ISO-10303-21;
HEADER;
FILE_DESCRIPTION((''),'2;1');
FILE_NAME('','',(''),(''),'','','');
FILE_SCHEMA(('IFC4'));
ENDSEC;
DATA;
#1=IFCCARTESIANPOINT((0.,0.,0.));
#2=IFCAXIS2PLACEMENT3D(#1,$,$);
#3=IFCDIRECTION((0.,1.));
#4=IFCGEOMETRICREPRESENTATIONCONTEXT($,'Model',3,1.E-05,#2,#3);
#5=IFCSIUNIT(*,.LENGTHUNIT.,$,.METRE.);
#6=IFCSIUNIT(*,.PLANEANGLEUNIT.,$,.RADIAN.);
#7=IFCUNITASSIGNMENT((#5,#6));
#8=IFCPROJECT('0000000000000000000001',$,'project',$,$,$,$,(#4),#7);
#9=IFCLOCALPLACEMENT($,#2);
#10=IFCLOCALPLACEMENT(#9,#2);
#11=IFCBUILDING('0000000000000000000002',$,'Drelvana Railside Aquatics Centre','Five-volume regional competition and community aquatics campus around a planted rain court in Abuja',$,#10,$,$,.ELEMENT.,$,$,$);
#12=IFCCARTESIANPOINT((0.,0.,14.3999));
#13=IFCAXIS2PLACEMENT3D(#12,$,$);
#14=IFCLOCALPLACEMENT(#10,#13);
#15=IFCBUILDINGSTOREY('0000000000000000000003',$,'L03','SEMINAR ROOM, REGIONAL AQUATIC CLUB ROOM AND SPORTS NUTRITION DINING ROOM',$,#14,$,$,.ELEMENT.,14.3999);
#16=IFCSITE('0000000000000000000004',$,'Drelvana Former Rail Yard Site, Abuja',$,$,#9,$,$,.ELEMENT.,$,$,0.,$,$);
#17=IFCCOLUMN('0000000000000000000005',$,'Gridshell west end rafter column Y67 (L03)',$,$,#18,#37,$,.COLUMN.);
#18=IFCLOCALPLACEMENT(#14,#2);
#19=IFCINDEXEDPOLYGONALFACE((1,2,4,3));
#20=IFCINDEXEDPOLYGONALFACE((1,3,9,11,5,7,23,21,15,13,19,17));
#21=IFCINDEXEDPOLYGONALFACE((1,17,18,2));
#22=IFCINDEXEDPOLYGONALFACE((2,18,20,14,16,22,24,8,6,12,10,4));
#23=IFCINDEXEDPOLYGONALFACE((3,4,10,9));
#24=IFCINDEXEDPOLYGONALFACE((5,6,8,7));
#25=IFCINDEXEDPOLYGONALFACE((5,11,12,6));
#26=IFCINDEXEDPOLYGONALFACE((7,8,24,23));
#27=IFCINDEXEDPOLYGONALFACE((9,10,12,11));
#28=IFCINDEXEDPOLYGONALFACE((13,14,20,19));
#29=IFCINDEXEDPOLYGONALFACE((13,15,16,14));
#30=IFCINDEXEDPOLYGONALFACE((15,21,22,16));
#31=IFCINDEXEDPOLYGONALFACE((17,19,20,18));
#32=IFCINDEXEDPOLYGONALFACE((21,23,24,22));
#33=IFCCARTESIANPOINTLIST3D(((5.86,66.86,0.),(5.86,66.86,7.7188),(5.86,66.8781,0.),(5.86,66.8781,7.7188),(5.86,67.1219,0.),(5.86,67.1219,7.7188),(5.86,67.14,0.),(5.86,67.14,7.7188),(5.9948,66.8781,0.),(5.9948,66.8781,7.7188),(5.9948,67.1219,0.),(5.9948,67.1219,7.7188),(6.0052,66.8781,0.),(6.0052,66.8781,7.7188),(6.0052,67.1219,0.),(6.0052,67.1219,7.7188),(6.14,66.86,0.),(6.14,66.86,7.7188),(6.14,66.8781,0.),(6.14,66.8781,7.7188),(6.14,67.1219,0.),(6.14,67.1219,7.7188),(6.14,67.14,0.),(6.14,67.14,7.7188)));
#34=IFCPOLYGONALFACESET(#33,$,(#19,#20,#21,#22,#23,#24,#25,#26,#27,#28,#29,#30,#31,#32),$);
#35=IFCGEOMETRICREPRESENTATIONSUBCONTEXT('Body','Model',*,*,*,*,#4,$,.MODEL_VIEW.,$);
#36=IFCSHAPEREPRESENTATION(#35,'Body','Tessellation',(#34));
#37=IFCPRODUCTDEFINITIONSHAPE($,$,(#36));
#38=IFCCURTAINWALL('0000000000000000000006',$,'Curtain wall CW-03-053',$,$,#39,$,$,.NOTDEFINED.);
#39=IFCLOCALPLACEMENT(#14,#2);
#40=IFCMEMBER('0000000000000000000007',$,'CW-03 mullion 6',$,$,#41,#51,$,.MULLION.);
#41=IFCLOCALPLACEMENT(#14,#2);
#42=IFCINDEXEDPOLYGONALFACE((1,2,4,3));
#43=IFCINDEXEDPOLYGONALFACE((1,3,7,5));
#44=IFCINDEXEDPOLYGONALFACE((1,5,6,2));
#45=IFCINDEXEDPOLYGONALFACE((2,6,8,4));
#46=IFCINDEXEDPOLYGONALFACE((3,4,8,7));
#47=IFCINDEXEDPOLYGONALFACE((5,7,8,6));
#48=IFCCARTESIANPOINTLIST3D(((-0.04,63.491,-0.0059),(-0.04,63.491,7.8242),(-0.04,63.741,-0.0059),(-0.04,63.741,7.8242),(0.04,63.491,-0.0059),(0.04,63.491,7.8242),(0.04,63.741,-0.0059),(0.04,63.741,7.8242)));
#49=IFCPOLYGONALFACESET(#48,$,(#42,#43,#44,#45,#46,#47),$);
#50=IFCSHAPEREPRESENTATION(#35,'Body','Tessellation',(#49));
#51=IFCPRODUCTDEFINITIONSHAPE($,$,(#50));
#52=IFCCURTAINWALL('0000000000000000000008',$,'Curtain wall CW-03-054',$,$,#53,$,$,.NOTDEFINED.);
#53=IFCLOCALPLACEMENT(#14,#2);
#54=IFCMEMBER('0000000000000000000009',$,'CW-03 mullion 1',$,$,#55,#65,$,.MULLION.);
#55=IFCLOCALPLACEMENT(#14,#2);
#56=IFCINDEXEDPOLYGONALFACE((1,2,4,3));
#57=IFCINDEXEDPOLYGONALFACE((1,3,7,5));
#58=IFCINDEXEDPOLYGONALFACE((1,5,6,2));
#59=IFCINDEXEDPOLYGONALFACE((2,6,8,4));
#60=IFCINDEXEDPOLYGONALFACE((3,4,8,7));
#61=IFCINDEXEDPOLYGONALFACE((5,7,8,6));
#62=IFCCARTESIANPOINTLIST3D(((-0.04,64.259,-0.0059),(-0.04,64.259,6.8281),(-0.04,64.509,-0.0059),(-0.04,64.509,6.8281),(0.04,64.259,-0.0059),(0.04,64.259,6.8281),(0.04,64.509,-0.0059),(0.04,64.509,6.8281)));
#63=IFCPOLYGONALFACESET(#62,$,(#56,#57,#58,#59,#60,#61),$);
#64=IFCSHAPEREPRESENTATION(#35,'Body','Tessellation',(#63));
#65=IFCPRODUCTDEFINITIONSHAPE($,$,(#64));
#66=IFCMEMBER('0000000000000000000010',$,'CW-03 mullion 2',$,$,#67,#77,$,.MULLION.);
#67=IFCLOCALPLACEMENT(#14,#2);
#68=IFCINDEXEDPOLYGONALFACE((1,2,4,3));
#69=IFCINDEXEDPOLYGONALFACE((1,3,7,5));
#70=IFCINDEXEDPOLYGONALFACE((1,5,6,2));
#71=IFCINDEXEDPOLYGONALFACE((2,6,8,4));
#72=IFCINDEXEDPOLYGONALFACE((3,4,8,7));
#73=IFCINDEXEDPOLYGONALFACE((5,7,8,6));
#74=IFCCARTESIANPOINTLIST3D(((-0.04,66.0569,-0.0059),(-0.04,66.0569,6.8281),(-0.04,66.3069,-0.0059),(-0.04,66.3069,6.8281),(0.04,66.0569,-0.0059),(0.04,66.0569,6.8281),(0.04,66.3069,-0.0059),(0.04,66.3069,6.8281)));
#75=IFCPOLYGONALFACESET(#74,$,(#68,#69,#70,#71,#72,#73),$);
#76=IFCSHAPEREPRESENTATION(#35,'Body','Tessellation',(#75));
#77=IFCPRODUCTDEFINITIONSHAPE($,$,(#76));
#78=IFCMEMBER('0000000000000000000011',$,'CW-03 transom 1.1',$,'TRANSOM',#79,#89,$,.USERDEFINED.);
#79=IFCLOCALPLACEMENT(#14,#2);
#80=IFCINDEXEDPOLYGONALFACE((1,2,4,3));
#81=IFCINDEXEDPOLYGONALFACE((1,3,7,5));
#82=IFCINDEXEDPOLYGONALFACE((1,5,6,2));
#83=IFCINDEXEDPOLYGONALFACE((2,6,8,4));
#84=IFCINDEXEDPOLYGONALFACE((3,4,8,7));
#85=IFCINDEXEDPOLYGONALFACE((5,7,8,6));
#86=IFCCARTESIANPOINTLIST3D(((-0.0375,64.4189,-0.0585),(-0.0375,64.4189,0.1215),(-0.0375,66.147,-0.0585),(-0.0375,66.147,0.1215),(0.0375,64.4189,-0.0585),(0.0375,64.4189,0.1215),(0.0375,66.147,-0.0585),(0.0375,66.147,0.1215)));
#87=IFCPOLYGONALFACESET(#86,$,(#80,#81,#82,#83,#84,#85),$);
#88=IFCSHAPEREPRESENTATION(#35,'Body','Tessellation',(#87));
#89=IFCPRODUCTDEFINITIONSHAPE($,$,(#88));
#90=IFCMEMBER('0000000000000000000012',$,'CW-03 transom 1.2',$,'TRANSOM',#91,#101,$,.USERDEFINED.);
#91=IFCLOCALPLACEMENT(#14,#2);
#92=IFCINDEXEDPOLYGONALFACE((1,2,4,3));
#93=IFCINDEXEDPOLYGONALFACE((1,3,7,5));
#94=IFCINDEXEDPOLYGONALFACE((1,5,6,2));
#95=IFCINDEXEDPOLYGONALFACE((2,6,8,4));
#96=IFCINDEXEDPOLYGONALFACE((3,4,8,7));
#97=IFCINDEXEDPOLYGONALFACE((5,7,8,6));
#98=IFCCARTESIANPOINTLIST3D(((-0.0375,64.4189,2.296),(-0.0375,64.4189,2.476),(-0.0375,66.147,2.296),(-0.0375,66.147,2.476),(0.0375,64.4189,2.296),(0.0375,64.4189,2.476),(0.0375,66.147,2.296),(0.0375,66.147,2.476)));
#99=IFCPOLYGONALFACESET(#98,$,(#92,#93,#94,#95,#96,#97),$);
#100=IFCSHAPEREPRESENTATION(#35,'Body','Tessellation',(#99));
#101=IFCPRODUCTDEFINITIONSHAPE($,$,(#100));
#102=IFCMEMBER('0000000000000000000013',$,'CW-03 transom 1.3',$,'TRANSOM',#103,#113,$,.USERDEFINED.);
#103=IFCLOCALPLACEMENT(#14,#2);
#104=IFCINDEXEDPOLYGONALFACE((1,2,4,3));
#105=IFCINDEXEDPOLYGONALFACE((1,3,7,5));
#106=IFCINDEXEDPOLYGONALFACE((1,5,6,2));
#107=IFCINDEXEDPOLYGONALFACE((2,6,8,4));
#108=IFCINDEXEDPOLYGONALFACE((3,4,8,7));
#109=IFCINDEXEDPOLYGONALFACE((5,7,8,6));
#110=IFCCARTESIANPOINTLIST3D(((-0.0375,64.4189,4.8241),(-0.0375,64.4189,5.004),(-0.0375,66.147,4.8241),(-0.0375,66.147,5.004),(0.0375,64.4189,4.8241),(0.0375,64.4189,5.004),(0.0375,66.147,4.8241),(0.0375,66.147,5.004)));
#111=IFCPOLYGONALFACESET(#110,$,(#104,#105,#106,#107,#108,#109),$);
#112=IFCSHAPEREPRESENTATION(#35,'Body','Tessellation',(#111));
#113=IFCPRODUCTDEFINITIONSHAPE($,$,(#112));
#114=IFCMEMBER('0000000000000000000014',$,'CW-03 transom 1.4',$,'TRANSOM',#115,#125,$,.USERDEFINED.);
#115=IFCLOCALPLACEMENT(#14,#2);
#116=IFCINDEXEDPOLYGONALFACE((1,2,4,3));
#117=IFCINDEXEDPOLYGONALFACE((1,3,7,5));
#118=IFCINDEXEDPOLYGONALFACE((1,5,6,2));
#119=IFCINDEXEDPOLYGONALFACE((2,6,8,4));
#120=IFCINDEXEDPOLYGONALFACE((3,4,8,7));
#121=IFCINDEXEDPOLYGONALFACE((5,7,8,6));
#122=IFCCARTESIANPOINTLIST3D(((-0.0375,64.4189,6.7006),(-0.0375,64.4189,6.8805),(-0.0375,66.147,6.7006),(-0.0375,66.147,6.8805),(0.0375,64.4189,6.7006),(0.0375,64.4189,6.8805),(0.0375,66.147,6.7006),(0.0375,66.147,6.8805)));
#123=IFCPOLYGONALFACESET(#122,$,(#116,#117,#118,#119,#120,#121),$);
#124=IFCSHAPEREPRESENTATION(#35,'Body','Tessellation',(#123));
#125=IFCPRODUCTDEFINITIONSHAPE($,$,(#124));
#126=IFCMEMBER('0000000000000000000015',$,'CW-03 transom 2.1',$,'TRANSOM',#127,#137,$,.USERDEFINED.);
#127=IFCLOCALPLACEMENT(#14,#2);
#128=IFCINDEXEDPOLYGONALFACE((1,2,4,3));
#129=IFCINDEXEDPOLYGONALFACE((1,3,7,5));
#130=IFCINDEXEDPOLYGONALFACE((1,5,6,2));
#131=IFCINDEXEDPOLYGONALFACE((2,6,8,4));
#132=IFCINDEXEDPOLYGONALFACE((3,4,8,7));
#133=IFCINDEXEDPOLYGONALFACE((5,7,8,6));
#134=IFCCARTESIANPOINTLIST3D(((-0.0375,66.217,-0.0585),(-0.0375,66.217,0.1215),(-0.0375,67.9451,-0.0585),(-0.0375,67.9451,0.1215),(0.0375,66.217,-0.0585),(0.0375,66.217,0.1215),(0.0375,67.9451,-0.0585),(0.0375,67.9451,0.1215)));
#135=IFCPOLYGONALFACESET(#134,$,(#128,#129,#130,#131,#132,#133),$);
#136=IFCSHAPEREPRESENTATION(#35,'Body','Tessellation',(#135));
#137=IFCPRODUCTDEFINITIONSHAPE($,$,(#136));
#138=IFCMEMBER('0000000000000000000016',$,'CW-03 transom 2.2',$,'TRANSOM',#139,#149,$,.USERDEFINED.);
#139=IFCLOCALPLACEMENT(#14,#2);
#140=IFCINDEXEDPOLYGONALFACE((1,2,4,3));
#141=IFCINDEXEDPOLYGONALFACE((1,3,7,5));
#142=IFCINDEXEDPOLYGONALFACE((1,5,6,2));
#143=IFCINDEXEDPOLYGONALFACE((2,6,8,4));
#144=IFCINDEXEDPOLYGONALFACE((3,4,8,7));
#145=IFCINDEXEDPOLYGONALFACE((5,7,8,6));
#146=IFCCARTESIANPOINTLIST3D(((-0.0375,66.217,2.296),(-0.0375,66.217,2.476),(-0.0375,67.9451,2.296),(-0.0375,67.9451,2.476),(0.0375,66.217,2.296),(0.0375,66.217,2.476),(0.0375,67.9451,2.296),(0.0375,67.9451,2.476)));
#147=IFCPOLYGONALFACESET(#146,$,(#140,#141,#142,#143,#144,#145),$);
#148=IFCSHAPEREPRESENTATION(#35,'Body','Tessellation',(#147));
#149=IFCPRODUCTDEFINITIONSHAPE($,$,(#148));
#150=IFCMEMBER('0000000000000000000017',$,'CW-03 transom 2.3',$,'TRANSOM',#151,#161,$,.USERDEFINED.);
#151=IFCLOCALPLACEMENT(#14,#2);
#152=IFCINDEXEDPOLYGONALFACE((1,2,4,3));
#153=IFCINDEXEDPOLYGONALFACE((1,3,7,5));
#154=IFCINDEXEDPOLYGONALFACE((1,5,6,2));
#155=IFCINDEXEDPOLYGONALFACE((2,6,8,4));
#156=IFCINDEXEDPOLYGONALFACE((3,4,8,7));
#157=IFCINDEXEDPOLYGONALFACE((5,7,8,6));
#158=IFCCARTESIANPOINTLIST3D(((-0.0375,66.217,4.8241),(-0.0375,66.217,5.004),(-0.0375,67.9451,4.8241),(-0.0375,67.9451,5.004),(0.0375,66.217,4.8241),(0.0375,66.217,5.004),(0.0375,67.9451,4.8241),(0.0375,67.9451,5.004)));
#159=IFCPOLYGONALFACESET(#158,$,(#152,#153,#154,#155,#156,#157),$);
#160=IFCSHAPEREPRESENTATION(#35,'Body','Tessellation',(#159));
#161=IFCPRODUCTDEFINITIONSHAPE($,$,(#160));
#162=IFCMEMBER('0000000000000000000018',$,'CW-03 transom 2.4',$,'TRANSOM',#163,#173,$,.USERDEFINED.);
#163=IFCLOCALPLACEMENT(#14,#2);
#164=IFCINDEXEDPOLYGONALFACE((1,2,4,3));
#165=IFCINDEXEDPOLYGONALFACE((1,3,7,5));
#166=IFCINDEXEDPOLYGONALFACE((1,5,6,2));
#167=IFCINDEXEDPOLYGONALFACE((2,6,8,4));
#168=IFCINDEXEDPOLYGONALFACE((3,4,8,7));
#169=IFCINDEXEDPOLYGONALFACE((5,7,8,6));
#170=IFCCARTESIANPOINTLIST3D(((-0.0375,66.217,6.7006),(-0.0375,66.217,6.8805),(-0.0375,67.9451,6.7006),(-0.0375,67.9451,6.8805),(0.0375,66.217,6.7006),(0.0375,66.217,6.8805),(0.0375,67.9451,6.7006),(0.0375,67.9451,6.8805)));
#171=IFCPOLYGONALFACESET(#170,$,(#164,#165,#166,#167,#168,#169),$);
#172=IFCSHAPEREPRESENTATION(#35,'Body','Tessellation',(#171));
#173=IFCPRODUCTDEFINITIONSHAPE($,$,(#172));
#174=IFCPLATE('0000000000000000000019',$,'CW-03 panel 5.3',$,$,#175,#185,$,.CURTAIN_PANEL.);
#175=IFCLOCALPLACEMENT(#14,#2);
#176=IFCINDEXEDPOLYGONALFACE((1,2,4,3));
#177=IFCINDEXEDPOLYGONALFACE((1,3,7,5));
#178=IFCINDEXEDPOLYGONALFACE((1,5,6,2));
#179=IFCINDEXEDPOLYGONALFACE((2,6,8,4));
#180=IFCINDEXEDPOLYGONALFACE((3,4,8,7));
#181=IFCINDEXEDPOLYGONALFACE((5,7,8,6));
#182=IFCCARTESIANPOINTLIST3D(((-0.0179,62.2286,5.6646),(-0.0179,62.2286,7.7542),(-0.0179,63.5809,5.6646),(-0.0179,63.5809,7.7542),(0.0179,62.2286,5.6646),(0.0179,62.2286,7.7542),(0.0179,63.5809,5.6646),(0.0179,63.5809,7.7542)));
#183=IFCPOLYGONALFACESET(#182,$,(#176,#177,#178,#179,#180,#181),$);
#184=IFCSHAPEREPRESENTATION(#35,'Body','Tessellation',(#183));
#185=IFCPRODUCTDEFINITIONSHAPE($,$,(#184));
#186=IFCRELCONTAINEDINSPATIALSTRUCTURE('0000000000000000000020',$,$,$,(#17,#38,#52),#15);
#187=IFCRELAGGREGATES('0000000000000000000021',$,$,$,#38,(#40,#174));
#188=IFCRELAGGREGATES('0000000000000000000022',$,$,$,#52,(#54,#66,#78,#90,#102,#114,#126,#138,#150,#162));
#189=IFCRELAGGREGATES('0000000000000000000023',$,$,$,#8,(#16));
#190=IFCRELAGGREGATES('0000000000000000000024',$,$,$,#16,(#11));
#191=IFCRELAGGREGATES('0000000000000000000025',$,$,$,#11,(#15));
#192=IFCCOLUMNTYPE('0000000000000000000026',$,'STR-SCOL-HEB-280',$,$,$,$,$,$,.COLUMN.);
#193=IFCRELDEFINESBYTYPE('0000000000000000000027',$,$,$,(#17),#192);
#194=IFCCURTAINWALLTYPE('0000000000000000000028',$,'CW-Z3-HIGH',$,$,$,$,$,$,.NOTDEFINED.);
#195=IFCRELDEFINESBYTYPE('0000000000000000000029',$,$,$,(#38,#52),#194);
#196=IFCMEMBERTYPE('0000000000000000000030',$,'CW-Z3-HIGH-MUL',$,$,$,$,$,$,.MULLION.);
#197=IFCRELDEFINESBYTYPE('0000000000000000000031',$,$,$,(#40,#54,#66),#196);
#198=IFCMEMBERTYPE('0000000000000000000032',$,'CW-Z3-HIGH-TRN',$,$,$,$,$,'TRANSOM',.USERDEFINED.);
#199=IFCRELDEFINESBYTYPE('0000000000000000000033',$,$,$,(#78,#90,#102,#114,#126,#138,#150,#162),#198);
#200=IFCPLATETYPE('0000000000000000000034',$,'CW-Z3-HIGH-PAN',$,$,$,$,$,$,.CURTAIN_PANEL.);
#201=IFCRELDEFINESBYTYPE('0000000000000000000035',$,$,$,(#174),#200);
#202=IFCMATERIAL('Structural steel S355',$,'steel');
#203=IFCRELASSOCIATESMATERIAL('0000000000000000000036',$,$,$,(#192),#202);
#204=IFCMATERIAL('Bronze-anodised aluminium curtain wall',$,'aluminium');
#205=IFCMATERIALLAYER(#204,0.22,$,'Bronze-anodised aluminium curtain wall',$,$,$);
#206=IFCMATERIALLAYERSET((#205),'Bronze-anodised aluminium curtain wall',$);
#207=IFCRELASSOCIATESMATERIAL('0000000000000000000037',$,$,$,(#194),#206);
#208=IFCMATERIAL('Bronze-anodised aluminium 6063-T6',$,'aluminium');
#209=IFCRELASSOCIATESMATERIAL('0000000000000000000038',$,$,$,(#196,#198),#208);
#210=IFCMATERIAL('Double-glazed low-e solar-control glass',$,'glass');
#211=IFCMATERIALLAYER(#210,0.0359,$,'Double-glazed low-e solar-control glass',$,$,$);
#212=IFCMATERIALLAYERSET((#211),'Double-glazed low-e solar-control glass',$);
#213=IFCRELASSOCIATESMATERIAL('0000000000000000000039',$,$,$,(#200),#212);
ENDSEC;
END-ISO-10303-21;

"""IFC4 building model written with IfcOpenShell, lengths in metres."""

from ifc_helpers import new_model, si_unit, direction, frame, origin, origin_2d, place, context, subcontext, project, spatial, rectangle, i_section, extrude, material, layer, layer_set, material_profile, profile_set, type_object, element, aggregate, save


model = new_model("IFC4")

# Units and contexts
model_context = context("Model", 3, precision=1e-05, world=origin(), true_north=direction((0.0, 1.0)))
body_context = subcontext(model_context, "Body", "Model", "MODEL_VIEW")
ifc_project = project(units=[si_unit("LENGTHUNIT", "METRE"), si_unit("PLANEANGLEUNIT", "RADIAN")], contexts=[model_context])

# Site, building, storey
site_placement = place(None, origin())
site = spatial("IfcSite", under=ifc_project, at=site_placement, Name="Drelvana Former Rail Yard Site, Abuja", CompositionType="ELEMENT", RefElevation=0.0)
building_placement = place(site_placement, origin())
building = spatial("IfcBuilding", under=site, at=building_placement, Name="Drelvana Railside Aquatics Centre", Description="Five-volume regional competition and community aquatics campus around a planted rain court in Abuja", CompositionType="ELEMENT")
storey_placement = place(building_placement, frame((0.0, 0.0, 14.3999)))
storey = spatial("IfcBuildingStorey", under=building, at=storey_placement, Name="L03", Description="SEMINAR ROOM, REGIONAL AQUATIC CLUB ROOM AND SPORTS NUTRITION DINING ROOM", CompositionType="ELEMENT", Elevation=14.3999)

# Column
ifc_material_1 = material(Name="Structural steel S355", Category="steel")
ifc_material_profile_1 = material_profile(ifc_material_1, i_section(OverallWidth=0.28, OverallDepth=0.28, WebThickness=0.0105, FlangeThickness=0.0181, at=origin_2d()), Name="HEB 280")
ifc_profile_set_1 = profile_set([ifc_material_profile_1], Name="Structural steel S355")
column_type = type_object("IfcColumnType", Name="STR-SCOL-HEB-280", PredefinedType="COLUMN", material=ifc_profile_set_1)
column_placement = place(storey_placement, frame((6.0, 67.0, 0.0), z_axis=(0.0, 0.0, 1.0), x_axis=(1.0, 0.0, 0.0)))
element("IfcColumn", 1, at=column_placement, inside=storey, type_object=column_type, Name="Gridshell west end rafter column Y67 (L03)", PredefinedType="COLUMN", context=body_context, shape_type="SweptSolid", body=[
    extrude(i_section(OverallWidth=0.28, OverallDepth=0.28, WebThickness=0.0105, FlangeThickness=0.0181, at=origin_2d()), origin(), (0.0, 0.0, 1.0), 7.7188),
])

# Curtain wall, member
ifc_material_2 = material(Name="Bronze-anodised aluminium curtain wall", Category="aluminium")
ifc_layer_1 = layer(ifc_material_2, 0.22, Name="Bronze-anodised aluminium curtain wall")
ifc_layer_set_1 = layer_set([ifc_layer_1], Name="Bronze-anodised aluminium curtain wall")
curtain_wall_type = type_object("IfcCurtainWallType", Name="CW-Z3-HIGH", PredefinedType="NOTDEFINED", material=ifc_layer_set_1)
curtain_wall_1_placement = place(storey_placement, origin())
curtain_wall_1 = element("IfcCurtainWall", 2, at=curtain_wall_1_placement, inside=storey, type_object=curtain_wall_type, Name="Curtain wall CW-03-053", PredefinedType="NOTDEFINED")
ifc_material_3 = material(Name="Bronze-anodised aluminium 6063-T6", Category="aluminium")
ifc_material_profile_2 = material_profile(ifc_material_3, rectangle(XDim=0.0801, YDim=0.25, at=origin_2d()), Name="ALU-M 80x250")
ifc_profile_set_2 = profile_set([ifc_material_profile_2], Name="Bronze-anodised aluminium 6063-T6")
member_type_1 = type_object("IfcMemberType", Name="CW-Z3-HIGH-MUL", PredefinedType="MULLION", material=ifc_profile_set_2)
member_1_placement = place(storey_placement, frame((0.0, 63.616, -0.0059), z_axis=(0.0, 0.0, 1.0), x_axis=(-1.0, 0.0, 0.0)))
member_1 = element("IfcMember", 3, at=member_1_placement, type_object=member_type_1, Name="CW-03 mullion 6", PredefinedType="MULLION", context=body_context, shape_type="SweptSolid", body=[
    extrude(rectangle(XDim=0.0801, YDim=0.25, at=origin_2d()), origin(), (0.0, 0.0, 1.0), 7.8301),
])

# Curtain wall, members
curtain_wall_2_placement = place(storey_placement, origin())
curtain_wall_2 = element("IfcCurtainWall", 4, at=curtain_wall_2_placement, inside=storey, type_object=curtain_wall_type, Name="Curtain wall CW-03-054", PredefinedType="NOTDEFINED")
member_2_placement = place(storey_placement, frame((0.0, 64.384, -0.0059), z_axis=(0.0, 0.0, 1.0), x_axis=(-1.0, 0.0, 0.0)))
member_2 = element("IfcMember", 5, at=member_2_placement, type_object=member_type_1, Name="CW-03 mullion 1", PredefinedType="MULLION", context=body_context, shape_type="SweptSolid", body=[
    extrude(rectangle(XDim=0.0801, YDim=0.25, at=origin_2d()), origin(), (0.0, 0.0, 1.0), 6.834),
])
member_3_placement = place(storey_placement, frame((0.0, 66.1819, -0.0059), z_axis=(0.0, 0.0, 1.0), x_axis=(-1.0, 0.0, 0.0)))
member_3 = element("IfcMember", 6, at=member_3_placement, type_object=member_type_1, Name="CW-03 mullion 2", PredefinedType="MULLION", context=body_context, shape_type="SweptSolid", body=[
    extrude(rectangle(XDim=0.0801, YDim=0.25, at=origin_2d()), origin(), (0.0, 0.0, 1.0), 6.834),
])
ifc_material_profile_3 = material_profile(ifc_material_3, rectangle(XDim=0.1799, YDim=0.075, at=origin_2d()), Name="ALU-T 75x180")
ifc_profile_set_3 = profile_set([ifc_material_profile_3], Name="Bronze-anodised aluminium 6063-T6")
member_type_2 = type_object("IfcMemberType", Name="CW-Z3-HIGH-TRN", ElementType="TRANSOM", PredefinedType="USERDEFINED", material=ifc_profile_set_3)
member_4_placement = place(storey_placement, frame((0.0, 64.4189, 0.0315), z_axis=(0.0, 1.0, 0.0), x_axis=(0.0, 0.0, 1.0)))
member_4 = element("IfcMember", 7, at=member_4_placement, type_object=member_type_2, Name="CW-03 transom 1.1", ObjectType="TRANSOM", PredefinedType="USERDEFINED", context=body_context, shape_type="SweptSolid", body=[
    extrude(rectangle(XDim=0.1799, YDim=0.075, at=origin_2d()), origin(), (0.0, 0.0, 1.0), 1.728),
])
member_5_placement = place(storey_placement, frame((0.0, 64.4189, 2.386), z_axis=(0.0, 1.0, 0.0), x_axis=(0.0, 0.0, 1.0)))
member_5 = element("IfcMember", 8, at=member_5_placement, type_object=member_type_2, Name="CW-03 transom 1.2", ObjectType="TRANSOM", PredefinedType="USERDEFINED", context=body_context, shape_type="SweptSolid", body=[
    extrude(rectangle(XDim=0.1799, YDim=0.075, at=origin_2d()), origin(), (0.0, 0.0, 1.0), 1.728),
])
member_6_placement = place(storey_placement, frame((0.0, 64.4189, 4.9141), z_axis=(0.0, 1.0, 0.0), x_axis=(0.0, 0.0, 1.0)))
member_6 = element("IfcMember", 9, at=member_6_placement, type_object=member_type_2, Name="CW-03 transom 1.3", ObjectType="TRANSOM", PredefinedType="USERDEFINED", context=body_context, shape_type="SweptSolid", body=[
    extrude(rectangle(XDim=0.1799, YDim=0.075, at=origin_2d()), origin(), (0.0, 0.0, 1.0), 1.728),
])
member_7_placement = place(storey_placement, frame((0.0, 64.4189, 6.7905), z_axis=(0.0, 1.0, 0.0), x_axis=(0.0, 0.0, 1.0)))
member_7 = element("IfcMember", 10, at=member_7_placement, type_object=member_type_2, Name="CW-03 transom 1.4", ObjectType="TRANSOM", PredefinedType="USERDEFINED", context=body_context, shape_type="SweptSolid", body=[
    extrude(rectangle(XDim=0.1799, YDim=0.075, at=origin_2d()), origin(), (0.0, 0.0, 1.0), 1.728),
])
member_8_placement = place(storey_placement, frame((0.0, 66.217, 0.0315), z_axis=(0.0, 1.0, 0.0), x_axis=(0.0, 0.0, 1.0)))
member_8 = element("IfcMember", 11, at=member_8_placement, type_object=member_type_2, Name="CW-03 transom 2.1", ObjectType="TRANSOM", PredefinedType="USERDEFINED", context=body_context, shape_type="SweptSolid", body=[
    extrude(rectangle(XDim=0.1799, YDim=0.075, at=origin_2d()), origin(), (0.0, 0.0, 1.0), 1.728),
])
member_9_placement = place(storey_placement, frame((0.0, 66.217, 2.386), z_axis=(0.0, 1.0, 0.0), x_axis=(0.0, 0.0, 1.0)))
member_9 = element("IfcMember", 12, at=member_9_placement, type_object=member_type_2, Name="CW-03 transom 2.2", ObjectType="TRANSOM", PredefinedType="USERDEFINED", context=body_context, shape_type="SweptSolid", body=[
    extrude(rectangle(XDim=0.1799, YDim=0.075, at=origin_2d()), origin(), (0.0, 0.0, 1.0), 1.728),
])
member_10_placement = place(storey_placement, frame((0.0, 66.217, 4.9141), z_axis=(0.0, 1.0, 0.0), x_axis=(0.0, 0.0, 1.0)))
member_10 = element("IfcMember", 13, at=member_10_placement, type_object=member_type_2, Name="CW-03 transom 2.3", ObjectType="TRANSOM", PredefinedType="USERDEFINED", context=body_context, shape_type="SweptSolid", body=[
    extrude(rectangle(XDim=0.1799, YDim=0.075, at=origin_2d()), origin(), (0.0, 0.0, 1.0), 1.728),
])
member_11_placement = place(storey_placement, frame((0.0, 66.217, 6.7905), z_axis=(0.0, 1.0, 0.0), x_axis=(0.0, 0.0, 1.0)))
member_11 = element("IfcMember", 14, at=member_11_placement, type_object=member_type_2, Name="CW-03 transom 2.4", ObjectType="TRANSOM", PredefinedType="USERDEFINED", context=body_context, shape_type="SweptSolid", body=[
    extrude(rectangle(XDim=0.1799, YDim=0.075, at=origin_2d()), origin(), (0.0, 0.0, 1.0), 1.728),
])

# Plate
ifc_material_4 = material(Name="Double-glazed low-e solar-control glass", Category="glass")
ifc_layer_2 = layer(ifc_material_4, 0.0359, Name="Double-glazed low-e solar-control glass")
ifc_layer_set_2 = layer_set([ifc_layer_2], Name="Double-glazed low-e solar-control glass")
plate_type = type_object("IfcPlateType", Name="CW-Z3-HIGH-PAN", PredefinedType="CURTAIN_PANEL", material=ifc_layer_set_2)
plate_1_placement = place(storey_placement, frame((0.0, 62.9048, 5.6646), z_axis=(0.0, 0.0, 1.0), x_axis=(0.0, 1.0, 0.0)))
plate_1 = element("IfcPlate", 15, at=plate_1_placement, type_object=plate_type, Name="CW-03 panel 5.3", PredefinedType="CURTAIN_PANEL", context=body_context, shape_type="SweptSolid", body=[
    extrude(rectangle(XDim=1.3523, YDim=0.0359, at=origin_2d()), origin(), (0.0, 0.0, 1.0), 2.0896),
])
aggregate(curtain_wall_1, [member_1, plate_1])
aggregate(curtain_wall_2, [member_2, member_3, member_4, member_5, member_6, member_7, member_8, member_9, member_10, member_11])

save(model, "model.ifc")
